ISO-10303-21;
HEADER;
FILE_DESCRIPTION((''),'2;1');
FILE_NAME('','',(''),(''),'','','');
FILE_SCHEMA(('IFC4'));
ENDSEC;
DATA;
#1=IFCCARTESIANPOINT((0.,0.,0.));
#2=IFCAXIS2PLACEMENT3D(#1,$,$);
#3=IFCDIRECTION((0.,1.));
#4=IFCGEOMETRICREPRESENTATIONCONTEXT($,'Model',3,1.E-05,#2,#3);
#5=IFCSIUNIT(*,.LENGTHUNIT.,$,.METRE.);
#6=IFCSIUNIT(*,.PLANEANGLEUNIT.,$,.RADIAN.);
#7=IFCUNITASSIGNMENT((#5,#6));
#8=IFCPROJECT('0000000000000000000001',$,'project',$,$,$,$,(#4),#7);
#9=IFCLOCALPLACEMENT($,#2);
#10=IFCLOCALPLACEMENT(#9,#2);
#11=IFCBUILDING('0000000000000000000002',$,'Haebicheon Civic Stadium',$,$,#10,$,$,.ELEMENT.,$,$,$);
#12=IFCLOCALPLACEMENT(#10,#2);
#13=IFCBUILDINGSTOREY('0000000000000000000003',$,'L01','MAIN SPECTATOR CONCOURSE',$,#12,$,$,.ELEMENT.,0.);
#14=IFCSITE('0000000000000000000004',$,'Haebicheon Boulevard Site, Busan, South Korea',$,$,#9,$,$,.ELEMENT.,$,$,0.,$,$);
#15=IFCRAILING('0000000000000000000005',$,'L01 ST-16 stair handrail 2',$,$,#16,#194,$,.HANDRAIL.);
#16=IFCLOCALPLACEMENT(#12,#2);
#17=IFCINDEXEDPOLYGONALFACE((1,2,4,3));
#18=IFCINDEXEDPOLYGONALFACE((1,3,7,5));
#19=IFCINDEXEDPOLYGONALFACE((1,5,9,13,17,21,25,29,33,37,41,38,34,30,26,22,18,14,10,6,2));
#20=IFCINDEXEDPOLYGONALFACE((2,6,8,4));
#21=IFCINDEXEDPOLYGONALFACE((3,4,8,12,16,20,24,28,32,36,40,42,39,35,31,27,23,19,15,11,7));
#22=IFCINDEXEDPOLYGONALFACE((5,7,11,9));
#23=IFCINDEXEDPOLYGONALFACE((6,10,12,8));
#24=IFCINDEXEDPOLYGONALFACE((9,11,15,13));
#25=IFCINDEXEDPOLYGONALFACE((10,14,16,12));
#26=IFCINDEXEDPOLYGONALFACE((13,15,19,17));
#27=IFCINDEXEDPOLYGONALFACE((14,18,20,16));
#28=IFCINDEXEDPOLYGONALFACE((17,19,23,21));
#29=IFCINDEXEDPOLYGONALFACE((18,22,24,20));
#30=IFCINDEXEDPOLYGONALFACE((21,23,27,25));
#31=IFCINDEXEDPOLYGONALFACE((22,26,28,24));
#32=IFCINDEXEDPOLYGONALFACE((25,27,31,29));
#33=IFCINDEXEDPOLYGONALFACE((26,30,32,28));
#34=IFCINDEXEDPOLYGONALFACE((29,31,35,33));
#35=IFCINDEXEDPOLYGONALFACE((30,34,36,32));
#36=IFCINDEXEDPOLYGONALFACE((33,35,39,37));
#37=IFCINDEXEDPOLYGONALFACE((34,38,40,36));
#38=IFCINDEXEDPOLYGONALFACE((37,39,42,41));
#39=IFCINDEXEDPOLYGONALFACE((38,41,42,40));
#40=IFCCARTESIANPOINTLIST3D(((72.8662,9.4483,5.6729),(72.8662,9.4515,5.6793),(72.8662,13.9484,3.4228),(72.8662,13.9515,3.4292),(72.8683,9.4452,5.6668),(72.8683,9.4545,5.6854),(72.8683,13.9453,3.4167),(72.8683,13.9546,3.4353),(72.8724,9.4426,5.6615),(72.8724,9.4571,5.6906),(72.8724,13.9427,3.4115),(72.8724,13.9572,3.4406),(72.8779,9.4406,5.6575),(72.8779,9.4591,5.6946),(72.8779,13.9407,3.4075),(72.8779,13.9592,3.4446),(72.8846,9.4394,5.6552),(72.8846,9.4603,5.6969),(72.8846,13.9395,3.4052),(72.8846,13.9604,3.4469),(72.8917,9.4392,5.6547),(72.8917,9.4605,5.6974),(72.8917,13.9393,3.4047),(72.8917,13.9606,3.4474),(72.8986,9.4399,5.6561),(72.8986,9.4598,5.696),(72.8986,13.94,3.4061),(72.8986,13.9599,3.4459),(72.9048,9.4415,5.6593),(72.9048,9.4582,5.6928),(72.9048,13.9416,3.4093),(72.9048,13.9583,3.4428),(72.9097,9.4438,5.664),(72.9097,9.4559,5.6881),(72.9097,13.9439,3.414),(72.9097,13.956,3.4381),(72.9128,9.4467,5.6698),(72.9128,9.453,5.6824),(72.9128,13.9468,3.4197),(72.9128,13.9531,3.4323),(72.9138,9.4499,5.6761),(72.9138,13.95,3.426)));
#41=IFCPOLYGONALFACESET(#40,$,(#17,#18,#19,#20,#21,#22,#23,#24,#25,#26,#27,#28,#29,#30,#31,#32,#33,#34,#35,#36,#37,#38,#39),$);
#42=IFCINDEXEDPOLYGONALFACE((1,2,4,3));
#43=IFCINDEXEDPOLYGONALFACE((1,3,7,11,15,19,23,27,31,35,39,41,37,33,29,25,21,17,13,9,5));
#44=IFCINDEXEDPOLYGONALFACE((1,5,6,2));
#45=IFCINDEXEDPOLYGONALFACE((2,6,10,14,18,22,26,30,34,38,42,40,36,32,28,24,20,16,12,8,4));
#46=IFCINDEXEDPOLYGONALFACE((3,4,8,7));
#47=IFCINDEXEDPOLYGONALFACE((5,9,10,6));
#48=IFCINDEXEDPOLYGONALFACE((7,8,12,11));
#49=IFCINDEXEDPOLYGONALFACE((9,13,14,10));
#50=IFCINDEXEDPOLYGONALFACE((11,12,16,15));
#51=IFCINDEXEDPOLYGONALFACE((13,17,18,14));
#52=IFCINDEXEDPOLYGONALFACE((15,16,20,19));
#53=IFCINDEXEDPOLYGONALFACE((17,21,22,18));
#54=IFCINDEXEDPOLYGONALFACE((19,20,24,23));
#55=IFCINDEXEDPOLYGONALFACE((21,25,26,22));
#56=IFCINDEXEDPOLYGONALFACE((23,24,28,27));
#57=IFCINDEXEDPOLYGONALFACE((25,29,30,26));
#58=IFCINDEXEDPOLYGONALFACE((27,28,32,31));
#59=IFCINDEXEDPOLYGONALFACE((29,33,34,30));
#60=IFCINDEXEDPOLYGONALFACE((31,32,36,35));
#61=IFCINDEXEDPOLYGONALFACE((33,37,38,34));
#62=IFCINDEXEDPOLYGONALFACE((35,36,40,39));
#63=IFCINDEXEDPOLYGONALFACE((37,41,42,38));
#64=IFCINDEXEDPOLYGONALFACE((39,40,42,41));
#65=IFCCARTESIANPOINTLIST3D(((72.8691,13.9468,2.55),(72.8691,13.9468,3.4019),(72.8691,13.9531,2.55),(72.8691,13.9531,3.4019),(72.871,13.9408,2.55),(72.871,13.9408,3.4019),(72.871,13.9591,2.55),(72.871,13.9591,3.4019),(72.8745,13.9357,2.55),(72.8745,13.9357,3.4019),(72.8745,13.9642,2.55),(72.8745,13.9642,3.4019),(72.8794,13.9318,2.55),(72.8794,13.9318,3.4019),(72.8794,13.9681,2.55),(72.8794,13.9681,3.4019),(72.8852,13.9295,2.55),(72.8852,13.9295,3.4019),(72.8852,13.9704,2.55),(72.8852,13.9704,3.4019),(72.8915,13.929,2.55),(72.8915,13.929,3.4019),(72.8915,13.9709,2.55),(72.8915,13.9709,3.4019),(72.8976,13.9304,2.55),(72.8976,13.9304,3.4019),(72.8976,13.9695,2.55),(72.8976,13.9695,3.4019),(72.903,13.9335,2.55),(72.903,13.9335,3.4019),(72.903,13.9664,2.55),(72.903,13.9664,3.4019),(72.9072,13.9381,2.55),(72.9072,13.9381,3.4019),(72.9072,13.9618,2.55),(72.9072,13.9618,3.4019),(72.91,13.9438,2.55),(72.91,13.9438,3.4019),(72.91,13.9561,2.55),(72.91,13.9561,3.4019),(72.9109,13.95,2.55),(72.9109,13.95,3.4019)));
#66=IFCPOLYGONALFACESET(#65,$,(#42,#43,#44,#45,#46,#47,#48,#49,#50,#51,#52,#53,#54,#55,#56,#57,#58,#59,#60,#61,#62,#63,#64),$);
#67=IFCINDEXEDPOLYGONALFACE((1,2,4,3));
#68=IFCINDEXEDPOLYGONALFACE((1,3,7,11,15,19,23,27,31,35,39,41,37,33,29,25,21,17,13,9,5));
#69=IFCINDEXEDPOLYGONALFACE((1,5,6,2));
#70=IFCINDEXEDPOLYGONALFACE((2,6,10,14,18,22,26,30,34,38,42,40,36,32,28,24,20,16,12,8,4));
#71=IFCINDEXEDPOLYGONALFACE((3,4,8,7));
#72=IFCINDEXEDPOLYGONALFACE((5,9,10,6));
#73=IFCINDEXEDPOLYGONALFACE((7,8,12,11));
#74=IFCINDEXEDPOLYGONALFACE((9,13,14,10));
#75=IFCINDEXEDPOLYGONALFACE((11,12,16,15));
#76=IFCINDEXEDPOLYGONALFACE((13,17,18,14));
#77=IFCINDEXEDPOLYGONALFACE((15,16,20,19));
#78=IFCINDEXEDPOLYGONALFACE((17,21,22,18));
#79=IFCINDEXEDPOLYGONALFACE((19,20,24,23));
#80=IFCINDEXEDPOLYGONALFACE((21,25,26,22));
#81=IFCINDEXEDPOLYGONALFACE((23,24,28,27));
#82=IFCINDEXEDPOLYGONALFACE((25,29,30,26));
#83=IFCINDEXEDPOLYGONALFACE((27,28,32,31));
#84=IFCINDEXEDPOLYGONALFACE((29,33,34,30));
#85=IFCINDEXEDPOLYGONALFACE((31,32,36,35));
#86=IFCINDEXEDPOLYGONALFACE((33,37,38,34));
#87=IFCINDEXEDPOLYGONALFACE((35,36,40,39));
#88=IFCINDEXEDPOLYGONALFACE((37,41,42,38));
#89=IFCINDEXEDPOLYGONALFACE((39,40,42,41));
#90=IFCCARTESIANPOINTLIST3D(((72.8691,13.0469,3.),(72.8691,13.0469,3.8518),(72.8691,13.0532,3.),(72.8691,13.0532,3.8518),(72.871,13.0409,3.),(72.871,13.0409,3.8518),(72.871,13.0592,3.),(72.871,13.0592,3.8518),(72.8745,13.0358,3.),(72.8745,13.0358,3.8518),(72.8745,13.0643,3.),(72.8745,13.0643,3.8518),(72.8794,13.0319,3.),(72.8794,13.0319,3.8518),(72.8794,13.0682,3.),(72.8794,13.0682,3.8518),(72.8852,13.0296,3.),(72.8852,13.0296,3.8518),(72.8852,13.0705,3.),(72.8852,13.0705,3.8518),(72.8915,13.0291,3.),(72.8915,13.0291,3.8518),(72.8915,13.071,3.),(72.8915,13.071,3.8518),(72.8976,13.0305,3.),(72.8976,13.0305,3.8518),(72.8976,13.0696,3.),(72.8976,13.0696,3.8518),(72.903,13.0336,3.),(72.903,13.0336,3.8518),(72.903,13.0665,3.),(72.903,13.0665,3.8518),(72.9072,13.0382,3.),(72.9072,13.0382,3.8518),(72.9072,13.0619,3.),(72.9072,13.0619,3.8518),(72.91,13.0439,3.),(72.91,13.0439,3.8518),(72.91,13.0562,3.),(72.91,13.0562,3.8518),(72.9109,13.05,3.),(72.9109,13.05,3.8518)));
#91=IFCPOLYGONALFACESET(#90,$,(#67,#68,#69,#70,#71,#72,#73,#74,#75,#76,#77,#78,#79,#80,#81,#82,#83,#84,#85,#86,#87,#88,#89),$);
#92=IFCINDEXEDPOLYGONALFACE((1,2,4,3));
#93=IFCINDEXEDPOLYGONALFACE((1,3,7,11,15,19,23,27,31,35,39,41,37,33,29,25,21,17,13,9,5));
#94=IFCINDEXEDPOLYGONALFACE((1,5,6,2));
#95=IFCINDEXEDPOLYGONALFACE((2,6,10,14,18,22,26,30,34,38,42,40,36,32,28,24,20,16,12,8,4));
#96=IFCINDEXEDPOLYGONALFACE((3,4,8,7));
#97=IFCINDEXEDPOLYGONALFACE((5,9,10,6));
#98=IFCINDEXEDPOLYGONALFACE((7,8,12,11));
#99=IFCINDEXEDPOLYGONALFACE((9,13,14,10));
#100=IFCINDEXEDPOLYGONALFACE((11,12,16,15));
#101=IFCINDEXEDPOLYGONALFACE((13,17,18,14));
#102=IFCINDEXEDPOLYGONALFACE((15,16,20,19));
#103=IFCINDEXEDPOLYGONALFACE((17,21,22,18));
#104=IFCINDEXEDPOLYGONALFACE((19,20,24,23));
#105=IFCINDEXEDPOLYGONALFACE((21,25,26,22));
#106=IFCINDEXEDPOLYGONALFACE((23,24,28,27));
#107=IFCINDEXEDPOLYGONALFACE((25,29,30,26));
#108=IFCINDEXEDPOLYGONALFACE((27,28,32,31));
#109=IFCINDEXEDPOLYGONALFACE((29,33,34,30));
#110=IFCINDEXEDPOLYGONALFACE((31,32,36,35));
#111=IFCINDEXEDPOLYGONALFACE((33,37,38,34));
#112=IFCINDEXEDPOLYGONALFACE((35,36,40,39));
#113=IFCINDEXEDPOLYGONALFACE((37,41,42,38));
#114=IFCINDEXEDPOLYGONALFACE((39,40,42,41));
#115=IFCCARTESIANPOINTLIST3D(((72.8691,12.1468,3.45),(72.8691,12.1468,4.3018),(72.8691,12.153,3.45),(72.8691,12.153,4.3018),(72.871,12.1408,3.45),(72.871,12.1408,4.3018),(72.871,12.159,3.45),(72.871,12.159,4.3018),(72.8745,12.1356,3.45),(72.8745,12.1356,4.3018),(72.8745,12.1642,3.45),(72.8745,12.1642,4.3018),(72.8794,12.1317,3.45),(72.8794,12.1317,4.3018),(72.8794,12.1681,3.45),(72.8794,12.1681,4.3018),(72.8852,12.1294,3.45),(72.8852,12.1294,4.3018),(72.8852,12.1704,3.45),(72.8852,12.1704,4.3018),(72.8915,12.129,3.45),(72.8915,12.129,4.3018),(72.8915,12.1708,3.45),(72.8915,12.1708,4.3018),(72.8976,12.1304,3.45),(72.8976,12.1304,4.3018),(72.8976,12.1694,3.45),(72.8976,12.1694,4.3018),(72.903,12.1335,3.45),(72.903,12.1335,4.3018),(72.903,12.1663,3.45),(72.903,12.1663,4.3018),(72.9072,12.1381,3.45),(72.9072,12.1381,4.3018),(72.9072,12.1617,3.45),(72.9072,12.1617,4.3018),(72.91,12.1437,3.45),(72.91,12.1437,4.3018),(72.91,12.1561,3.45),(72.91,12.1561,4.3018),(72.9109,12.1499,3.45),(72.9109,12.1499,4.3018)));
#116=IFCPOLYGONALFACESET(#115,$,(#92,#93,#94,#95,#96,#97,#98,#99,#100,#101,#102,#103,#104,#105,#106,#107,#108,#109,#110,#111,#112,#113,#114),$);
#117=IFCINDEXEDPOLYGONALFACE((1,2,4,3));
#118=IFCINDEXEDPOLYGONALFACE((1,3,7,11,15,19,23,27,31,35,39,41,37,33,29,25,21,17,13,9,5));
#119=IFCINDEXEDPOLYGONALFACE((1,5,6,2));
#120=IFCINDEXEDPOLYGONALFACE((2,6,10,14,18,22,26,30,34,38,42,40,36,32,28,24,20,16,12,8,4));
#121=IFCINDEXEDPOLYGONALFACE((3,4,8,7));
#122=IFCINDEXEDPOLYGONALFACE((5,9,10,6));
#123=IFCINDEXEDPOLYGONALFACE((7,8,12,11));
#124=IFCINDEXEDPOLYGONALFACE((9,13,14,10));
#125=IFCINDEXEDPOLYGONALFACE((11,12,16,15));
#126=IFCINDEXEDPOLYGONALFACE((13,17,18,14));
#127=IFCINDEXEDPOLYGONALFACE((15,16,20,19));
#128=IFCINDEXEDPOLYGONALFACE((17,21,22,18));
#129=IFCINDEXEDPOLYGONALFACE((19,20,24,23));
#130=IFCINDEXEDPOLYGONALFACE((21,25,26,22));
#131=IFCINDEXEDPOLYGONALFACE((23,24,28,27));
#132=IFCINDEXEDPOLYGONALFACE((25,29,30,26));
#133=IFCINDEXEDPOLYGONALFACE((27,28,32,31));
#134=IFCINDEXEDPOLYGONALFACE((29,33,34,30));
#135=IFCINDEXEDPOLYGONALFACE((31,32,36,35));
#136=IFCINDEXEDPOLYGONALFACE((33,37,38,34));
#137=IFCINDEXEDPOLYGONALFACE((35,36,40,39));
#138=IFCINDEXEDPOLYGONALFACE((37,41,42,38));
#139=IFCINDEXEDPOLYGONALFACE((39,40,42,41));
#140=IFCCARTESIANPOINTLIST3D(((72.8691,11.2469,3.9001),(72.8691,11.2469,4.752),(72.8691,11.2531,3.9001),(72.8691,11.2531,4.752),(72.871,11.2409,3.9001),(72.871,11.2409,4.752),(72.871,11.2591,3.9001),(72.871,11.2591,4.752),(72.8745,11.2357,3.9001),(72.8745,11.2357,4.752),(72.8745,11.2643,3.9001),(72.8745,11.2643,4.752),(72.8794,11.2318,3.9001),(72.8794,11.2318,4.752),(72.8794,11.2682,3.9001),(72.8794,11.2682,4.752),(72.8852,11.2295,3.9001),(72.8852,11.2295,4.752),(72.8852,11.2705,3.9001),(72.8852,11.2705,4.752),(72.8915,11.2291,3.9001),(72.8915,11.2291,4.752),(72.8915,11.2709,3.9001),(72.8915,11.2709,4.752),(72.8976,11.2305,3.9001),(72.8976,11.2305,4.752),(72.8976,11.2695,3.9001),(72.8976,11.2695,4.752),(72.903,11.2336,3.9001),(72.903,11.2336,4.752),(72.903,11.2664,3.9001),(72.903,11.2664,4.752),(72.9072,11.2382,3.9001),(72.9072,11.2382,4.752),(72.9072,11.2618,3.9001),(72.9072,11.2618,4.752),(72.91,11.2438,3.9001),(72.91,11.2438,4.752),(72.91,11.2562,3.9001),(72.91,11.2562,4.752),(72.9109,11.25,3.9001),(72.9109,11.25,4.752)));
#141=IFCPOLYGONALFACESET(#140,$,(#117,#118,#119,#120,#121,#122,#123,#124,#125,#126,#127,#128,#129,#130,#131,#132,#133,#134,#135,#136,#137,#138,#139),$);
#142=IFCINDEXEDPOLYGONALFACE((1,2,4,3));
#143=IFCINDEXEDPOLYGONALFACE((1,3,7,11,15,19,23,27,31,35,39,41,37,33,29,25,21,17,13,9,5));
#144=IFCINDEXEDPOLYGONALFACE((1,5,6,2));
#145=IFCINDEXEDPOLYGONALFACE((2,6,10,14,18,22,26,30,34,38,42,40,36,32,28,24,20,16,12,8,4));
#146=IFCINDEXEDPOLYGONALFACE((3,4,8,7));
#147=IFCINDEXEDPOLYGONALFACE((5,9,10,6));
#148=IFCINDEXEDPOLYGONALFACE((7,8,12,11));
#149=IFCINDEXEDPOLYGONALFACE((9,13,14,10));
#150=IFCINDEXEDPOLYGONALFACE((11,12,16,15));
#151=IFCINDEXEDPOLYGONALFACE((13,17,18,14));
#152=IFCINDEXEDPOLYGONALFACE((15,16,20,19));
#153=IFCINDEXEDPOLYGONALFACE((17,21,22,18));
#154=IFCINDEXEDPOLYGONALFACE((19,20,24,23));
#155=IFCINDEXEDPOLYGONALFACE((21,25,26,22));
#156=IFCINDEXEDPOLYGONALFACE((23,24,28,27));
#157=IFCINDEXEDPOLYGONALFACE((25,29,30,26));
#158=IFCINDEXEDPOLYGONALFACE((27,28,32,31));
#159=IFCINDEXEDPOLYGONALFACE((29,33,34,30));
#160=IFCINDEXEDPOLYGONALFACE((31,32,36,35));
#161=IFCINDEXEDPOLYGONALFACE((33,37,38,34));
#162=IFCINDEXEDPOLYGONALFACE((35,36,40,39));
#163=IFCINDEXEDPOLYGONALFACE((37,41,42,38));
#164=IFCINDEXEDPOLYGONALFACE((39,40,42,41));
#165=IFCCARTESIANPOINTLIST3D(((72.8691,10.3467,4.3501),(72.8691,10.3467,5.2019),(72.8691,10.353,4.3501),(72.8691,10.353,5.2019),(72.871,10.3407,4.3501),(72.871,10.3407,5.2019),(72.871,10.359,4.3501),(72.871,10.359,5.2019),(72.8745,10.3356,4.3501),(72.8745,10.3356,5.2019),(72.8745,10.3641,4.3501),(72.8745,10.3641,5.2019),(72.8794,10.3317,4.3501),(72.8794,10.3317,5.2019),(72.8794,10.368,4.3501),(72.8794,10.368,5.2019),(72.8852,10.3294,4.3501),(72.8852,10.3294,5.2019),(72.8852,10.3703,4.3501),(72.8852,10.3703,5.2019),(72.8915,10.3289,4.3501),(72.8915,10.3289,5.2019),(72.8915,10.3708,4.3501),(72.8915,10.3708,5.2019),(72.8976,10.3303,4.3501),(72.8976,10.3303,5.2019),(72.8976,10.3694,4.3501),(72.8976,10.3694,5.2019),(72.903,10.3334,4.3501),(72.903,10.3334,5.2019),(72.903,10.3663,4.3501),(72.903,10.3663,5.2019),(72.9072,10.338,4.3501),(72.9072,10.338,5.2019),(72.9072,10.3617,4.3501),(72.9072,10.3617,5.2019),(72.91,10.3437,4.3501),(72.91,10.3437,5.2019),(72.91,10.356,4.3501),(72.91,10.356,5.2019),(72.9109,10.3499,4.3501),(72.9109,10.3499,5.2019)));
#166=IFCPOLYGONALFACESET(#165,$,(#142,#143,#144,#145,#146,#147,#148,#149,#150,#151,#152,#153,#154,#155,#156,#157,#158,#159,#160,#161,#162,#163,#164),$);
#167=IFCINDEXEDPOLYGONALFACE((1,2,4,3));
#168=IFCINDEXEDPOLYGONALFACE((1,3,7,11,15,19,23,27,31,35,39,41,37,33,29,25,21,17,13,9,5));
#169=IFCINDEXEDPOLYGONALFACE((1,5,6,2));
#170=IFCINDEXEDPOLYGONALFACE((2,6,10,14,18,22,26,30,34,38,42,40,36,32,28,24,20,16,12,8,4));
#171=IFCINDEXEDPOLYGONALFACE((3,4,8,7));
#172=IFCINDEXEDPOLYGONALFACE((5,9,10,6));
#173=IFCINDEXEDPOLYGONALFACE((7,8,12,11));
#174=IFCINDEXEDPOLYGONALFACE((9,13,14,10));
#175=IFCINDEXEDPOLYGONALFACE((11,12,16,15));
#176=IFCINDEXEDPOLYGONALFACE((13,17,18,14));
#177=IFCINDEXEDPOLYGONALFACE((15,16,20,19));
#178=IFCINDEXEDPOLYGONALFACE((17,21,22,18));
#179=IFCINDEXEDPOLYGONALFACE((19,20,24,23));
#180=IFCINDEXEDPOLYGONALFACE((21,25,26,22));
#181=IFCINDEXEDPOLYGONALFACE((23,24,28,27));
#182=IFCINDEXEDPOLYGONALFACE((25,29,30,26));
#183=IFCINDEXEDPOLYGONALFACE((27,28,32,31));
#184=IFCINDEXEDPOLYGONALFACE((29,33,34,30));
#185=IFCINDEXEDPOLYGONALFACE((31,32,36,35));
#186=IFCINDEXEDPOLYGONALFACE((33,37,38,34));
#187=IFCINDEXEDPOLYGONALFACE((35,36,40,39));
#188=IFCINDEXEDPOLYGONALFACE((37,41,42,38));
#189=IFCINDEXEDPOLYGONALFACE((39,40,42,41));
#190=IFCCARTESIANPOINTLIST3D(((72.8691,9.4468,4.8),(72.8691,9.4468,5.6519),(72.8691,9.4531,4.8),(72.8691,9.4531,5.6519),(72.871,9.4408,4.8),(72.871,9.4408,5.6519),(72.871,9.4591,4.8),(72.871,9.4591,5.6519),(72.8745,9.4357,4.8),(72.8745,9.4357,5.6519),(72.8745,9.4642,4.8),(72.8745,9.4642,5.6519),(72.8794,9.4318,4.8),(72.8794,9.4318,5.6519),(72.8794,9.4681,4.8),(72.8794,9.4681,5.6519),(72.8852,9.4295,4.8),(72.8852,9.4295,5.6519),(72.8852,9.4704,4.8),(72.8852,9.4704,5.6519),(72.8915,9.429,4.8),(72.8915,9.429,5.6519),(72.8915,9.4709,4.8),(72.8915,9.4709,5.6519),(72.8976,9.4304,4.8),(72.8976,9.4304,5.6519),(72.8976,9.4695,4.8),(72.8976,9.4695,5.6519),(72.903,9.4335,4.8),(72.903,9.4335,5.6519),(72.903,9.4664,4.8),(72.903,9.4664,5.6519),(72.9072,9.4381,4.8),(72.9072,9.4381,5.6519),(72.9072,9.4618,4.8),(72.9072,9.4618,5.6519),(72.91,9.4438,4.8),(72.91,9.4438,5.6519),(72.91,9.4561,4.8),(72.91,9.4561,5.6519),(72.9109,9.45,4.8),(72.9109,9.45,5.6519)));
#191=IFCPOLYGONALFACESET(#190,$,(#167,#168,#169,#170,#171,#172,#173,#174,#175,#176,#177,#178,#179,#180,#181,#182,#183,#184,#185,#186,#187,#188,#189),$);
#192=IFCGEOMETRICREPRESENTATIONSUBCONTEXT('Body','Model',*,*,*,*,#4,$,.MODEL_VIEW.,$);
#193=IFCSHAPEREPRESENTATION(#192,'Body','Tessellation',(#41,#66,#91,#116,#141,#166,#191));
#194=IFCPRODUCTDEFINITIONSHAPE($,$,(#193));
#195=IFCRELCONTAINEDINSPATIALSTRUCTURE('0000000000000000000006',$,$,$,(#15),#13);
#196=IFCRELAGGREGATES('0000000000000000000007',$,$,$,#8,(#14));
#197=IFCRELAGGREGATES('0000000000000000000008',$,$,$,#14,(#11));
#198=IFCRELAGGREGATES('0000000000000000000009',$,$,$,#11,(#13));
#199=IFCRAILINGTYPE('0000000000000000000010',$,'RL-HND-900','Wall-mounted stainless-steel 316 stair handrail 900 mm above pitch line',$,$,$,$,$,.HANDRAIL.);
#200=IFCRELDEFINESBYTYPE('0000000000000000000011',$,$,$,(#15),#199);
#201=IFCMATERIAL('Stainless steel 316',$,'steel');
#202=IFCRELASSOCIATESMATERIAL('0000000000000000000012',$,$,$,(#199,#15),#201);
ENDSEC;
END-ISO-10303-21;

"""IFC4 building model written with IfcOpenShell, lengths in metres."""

from ifc_helpers import new_model, si_unit, direction, frame, origin, origin_2d, place, context, subcontext, project, spatial, circle, extrude, material, type_object, element, save


model = new_model("IFC4")

# Units and contexts
model_context = context("Model", 3, precision=1e-05, world=origin(), true_north=direction((0.0, 1.0)))
body_context = subcontext(model_context, "Body", "Model", "MODEL_VIEW")
ifc_project = project(units=[si_unit("LENGTHUNIT", "METRE"), si_unit("PLANEANGLEUNIT", "RADIAN")], contexts=[model_context])

# Site, building, storey
site_placement = place(None, origin())
site = spatial("IfcSite", under=ifc_project, at=site_placement, Name="Haebicheon Boulevard Site, Busan, South Korea", CompositionType="ELEMENT", RefElevation=0.0)
building_placement = place(site_placement, origin())
building = spatial("IfcBuilding", under=site, at=building_placement, Name="Haebicheon Civic Stadium", CompositionType="ELEMENT")
storey_placement = place(building_placement, origin())
storey = spatial("IfcBuildingStorey", under=building, at=storey_placement, Name="L01", Description="MAIN SPECTATOR CONCOURSE", CompositionType="ELEMENT", Elevation=0.0)

# Railing
ifc_material_1 = material(Name="Stainless steel 316", Category="steel")
railing_type_1 = type_object("IfcRailingType", Name="RL-HND-900", Description="Wall-mounted stainless-steel 316 stair handrail 900 mm above pitch line", PredefinedType="HANDRAIL", material=ifc_material_1)
railing_1_placement = place(storey_placement, frame((72.8899, 13.95, 2.55)))
element("IfcRailing", 1, at=railing_1_placement, inside=storey, type_object=railing_type_1, material=ifc_material_1, Name="L01 ST-16 stair handrail 2", PredefinedType="HANDRAIL", context=body_context, shape_type="SweptSolid", body=[
    extrude(circle(Radius=0.0239, at=origin_2d()), frame((0.0, 0.0, 0.876), z_axis=(0.0, -0.894427, 0.447214), x_axis=(1.0, 0.0, 0.0)), (0.0, 0.0, 1.0), 5.0312),
    extrude(circle(Radius=0.021, at=origin_2d()), origin(), (0.0, 0.0, 1.0), 0.8518),
    extrude(circle(Radius=0.021, at=origin_2d()), frame((0.0, -0.8999, 0.45)), (0.0, 0.0, 1.0), 0.8518),
    extrude(circle(Radius=0.021, at=origin_2d()), frame((0.0, -1.8, 0.8999)), (0.0, 0.0, 1.0), 0.8518),
    extrude(circle(Radius=0.021, at=origin_2d()), frame((0.0, -2.7, 1.3501)), (0.0, 0.0, 1.0), 0.8518),
    extrude(circle(Radius=0.021, at=origin_2d()), frame((0.0, -3.6001, 1.8)), (0.0, 0.0, 1.0), 0.8518),
    extrude(circle(Radius=0.021, at=origin_2d()), frame((0.0, -4.5, 2.25)), (0.0, 0.0, 1.0), 0.8518),
])

save(model, "model.ifc")
